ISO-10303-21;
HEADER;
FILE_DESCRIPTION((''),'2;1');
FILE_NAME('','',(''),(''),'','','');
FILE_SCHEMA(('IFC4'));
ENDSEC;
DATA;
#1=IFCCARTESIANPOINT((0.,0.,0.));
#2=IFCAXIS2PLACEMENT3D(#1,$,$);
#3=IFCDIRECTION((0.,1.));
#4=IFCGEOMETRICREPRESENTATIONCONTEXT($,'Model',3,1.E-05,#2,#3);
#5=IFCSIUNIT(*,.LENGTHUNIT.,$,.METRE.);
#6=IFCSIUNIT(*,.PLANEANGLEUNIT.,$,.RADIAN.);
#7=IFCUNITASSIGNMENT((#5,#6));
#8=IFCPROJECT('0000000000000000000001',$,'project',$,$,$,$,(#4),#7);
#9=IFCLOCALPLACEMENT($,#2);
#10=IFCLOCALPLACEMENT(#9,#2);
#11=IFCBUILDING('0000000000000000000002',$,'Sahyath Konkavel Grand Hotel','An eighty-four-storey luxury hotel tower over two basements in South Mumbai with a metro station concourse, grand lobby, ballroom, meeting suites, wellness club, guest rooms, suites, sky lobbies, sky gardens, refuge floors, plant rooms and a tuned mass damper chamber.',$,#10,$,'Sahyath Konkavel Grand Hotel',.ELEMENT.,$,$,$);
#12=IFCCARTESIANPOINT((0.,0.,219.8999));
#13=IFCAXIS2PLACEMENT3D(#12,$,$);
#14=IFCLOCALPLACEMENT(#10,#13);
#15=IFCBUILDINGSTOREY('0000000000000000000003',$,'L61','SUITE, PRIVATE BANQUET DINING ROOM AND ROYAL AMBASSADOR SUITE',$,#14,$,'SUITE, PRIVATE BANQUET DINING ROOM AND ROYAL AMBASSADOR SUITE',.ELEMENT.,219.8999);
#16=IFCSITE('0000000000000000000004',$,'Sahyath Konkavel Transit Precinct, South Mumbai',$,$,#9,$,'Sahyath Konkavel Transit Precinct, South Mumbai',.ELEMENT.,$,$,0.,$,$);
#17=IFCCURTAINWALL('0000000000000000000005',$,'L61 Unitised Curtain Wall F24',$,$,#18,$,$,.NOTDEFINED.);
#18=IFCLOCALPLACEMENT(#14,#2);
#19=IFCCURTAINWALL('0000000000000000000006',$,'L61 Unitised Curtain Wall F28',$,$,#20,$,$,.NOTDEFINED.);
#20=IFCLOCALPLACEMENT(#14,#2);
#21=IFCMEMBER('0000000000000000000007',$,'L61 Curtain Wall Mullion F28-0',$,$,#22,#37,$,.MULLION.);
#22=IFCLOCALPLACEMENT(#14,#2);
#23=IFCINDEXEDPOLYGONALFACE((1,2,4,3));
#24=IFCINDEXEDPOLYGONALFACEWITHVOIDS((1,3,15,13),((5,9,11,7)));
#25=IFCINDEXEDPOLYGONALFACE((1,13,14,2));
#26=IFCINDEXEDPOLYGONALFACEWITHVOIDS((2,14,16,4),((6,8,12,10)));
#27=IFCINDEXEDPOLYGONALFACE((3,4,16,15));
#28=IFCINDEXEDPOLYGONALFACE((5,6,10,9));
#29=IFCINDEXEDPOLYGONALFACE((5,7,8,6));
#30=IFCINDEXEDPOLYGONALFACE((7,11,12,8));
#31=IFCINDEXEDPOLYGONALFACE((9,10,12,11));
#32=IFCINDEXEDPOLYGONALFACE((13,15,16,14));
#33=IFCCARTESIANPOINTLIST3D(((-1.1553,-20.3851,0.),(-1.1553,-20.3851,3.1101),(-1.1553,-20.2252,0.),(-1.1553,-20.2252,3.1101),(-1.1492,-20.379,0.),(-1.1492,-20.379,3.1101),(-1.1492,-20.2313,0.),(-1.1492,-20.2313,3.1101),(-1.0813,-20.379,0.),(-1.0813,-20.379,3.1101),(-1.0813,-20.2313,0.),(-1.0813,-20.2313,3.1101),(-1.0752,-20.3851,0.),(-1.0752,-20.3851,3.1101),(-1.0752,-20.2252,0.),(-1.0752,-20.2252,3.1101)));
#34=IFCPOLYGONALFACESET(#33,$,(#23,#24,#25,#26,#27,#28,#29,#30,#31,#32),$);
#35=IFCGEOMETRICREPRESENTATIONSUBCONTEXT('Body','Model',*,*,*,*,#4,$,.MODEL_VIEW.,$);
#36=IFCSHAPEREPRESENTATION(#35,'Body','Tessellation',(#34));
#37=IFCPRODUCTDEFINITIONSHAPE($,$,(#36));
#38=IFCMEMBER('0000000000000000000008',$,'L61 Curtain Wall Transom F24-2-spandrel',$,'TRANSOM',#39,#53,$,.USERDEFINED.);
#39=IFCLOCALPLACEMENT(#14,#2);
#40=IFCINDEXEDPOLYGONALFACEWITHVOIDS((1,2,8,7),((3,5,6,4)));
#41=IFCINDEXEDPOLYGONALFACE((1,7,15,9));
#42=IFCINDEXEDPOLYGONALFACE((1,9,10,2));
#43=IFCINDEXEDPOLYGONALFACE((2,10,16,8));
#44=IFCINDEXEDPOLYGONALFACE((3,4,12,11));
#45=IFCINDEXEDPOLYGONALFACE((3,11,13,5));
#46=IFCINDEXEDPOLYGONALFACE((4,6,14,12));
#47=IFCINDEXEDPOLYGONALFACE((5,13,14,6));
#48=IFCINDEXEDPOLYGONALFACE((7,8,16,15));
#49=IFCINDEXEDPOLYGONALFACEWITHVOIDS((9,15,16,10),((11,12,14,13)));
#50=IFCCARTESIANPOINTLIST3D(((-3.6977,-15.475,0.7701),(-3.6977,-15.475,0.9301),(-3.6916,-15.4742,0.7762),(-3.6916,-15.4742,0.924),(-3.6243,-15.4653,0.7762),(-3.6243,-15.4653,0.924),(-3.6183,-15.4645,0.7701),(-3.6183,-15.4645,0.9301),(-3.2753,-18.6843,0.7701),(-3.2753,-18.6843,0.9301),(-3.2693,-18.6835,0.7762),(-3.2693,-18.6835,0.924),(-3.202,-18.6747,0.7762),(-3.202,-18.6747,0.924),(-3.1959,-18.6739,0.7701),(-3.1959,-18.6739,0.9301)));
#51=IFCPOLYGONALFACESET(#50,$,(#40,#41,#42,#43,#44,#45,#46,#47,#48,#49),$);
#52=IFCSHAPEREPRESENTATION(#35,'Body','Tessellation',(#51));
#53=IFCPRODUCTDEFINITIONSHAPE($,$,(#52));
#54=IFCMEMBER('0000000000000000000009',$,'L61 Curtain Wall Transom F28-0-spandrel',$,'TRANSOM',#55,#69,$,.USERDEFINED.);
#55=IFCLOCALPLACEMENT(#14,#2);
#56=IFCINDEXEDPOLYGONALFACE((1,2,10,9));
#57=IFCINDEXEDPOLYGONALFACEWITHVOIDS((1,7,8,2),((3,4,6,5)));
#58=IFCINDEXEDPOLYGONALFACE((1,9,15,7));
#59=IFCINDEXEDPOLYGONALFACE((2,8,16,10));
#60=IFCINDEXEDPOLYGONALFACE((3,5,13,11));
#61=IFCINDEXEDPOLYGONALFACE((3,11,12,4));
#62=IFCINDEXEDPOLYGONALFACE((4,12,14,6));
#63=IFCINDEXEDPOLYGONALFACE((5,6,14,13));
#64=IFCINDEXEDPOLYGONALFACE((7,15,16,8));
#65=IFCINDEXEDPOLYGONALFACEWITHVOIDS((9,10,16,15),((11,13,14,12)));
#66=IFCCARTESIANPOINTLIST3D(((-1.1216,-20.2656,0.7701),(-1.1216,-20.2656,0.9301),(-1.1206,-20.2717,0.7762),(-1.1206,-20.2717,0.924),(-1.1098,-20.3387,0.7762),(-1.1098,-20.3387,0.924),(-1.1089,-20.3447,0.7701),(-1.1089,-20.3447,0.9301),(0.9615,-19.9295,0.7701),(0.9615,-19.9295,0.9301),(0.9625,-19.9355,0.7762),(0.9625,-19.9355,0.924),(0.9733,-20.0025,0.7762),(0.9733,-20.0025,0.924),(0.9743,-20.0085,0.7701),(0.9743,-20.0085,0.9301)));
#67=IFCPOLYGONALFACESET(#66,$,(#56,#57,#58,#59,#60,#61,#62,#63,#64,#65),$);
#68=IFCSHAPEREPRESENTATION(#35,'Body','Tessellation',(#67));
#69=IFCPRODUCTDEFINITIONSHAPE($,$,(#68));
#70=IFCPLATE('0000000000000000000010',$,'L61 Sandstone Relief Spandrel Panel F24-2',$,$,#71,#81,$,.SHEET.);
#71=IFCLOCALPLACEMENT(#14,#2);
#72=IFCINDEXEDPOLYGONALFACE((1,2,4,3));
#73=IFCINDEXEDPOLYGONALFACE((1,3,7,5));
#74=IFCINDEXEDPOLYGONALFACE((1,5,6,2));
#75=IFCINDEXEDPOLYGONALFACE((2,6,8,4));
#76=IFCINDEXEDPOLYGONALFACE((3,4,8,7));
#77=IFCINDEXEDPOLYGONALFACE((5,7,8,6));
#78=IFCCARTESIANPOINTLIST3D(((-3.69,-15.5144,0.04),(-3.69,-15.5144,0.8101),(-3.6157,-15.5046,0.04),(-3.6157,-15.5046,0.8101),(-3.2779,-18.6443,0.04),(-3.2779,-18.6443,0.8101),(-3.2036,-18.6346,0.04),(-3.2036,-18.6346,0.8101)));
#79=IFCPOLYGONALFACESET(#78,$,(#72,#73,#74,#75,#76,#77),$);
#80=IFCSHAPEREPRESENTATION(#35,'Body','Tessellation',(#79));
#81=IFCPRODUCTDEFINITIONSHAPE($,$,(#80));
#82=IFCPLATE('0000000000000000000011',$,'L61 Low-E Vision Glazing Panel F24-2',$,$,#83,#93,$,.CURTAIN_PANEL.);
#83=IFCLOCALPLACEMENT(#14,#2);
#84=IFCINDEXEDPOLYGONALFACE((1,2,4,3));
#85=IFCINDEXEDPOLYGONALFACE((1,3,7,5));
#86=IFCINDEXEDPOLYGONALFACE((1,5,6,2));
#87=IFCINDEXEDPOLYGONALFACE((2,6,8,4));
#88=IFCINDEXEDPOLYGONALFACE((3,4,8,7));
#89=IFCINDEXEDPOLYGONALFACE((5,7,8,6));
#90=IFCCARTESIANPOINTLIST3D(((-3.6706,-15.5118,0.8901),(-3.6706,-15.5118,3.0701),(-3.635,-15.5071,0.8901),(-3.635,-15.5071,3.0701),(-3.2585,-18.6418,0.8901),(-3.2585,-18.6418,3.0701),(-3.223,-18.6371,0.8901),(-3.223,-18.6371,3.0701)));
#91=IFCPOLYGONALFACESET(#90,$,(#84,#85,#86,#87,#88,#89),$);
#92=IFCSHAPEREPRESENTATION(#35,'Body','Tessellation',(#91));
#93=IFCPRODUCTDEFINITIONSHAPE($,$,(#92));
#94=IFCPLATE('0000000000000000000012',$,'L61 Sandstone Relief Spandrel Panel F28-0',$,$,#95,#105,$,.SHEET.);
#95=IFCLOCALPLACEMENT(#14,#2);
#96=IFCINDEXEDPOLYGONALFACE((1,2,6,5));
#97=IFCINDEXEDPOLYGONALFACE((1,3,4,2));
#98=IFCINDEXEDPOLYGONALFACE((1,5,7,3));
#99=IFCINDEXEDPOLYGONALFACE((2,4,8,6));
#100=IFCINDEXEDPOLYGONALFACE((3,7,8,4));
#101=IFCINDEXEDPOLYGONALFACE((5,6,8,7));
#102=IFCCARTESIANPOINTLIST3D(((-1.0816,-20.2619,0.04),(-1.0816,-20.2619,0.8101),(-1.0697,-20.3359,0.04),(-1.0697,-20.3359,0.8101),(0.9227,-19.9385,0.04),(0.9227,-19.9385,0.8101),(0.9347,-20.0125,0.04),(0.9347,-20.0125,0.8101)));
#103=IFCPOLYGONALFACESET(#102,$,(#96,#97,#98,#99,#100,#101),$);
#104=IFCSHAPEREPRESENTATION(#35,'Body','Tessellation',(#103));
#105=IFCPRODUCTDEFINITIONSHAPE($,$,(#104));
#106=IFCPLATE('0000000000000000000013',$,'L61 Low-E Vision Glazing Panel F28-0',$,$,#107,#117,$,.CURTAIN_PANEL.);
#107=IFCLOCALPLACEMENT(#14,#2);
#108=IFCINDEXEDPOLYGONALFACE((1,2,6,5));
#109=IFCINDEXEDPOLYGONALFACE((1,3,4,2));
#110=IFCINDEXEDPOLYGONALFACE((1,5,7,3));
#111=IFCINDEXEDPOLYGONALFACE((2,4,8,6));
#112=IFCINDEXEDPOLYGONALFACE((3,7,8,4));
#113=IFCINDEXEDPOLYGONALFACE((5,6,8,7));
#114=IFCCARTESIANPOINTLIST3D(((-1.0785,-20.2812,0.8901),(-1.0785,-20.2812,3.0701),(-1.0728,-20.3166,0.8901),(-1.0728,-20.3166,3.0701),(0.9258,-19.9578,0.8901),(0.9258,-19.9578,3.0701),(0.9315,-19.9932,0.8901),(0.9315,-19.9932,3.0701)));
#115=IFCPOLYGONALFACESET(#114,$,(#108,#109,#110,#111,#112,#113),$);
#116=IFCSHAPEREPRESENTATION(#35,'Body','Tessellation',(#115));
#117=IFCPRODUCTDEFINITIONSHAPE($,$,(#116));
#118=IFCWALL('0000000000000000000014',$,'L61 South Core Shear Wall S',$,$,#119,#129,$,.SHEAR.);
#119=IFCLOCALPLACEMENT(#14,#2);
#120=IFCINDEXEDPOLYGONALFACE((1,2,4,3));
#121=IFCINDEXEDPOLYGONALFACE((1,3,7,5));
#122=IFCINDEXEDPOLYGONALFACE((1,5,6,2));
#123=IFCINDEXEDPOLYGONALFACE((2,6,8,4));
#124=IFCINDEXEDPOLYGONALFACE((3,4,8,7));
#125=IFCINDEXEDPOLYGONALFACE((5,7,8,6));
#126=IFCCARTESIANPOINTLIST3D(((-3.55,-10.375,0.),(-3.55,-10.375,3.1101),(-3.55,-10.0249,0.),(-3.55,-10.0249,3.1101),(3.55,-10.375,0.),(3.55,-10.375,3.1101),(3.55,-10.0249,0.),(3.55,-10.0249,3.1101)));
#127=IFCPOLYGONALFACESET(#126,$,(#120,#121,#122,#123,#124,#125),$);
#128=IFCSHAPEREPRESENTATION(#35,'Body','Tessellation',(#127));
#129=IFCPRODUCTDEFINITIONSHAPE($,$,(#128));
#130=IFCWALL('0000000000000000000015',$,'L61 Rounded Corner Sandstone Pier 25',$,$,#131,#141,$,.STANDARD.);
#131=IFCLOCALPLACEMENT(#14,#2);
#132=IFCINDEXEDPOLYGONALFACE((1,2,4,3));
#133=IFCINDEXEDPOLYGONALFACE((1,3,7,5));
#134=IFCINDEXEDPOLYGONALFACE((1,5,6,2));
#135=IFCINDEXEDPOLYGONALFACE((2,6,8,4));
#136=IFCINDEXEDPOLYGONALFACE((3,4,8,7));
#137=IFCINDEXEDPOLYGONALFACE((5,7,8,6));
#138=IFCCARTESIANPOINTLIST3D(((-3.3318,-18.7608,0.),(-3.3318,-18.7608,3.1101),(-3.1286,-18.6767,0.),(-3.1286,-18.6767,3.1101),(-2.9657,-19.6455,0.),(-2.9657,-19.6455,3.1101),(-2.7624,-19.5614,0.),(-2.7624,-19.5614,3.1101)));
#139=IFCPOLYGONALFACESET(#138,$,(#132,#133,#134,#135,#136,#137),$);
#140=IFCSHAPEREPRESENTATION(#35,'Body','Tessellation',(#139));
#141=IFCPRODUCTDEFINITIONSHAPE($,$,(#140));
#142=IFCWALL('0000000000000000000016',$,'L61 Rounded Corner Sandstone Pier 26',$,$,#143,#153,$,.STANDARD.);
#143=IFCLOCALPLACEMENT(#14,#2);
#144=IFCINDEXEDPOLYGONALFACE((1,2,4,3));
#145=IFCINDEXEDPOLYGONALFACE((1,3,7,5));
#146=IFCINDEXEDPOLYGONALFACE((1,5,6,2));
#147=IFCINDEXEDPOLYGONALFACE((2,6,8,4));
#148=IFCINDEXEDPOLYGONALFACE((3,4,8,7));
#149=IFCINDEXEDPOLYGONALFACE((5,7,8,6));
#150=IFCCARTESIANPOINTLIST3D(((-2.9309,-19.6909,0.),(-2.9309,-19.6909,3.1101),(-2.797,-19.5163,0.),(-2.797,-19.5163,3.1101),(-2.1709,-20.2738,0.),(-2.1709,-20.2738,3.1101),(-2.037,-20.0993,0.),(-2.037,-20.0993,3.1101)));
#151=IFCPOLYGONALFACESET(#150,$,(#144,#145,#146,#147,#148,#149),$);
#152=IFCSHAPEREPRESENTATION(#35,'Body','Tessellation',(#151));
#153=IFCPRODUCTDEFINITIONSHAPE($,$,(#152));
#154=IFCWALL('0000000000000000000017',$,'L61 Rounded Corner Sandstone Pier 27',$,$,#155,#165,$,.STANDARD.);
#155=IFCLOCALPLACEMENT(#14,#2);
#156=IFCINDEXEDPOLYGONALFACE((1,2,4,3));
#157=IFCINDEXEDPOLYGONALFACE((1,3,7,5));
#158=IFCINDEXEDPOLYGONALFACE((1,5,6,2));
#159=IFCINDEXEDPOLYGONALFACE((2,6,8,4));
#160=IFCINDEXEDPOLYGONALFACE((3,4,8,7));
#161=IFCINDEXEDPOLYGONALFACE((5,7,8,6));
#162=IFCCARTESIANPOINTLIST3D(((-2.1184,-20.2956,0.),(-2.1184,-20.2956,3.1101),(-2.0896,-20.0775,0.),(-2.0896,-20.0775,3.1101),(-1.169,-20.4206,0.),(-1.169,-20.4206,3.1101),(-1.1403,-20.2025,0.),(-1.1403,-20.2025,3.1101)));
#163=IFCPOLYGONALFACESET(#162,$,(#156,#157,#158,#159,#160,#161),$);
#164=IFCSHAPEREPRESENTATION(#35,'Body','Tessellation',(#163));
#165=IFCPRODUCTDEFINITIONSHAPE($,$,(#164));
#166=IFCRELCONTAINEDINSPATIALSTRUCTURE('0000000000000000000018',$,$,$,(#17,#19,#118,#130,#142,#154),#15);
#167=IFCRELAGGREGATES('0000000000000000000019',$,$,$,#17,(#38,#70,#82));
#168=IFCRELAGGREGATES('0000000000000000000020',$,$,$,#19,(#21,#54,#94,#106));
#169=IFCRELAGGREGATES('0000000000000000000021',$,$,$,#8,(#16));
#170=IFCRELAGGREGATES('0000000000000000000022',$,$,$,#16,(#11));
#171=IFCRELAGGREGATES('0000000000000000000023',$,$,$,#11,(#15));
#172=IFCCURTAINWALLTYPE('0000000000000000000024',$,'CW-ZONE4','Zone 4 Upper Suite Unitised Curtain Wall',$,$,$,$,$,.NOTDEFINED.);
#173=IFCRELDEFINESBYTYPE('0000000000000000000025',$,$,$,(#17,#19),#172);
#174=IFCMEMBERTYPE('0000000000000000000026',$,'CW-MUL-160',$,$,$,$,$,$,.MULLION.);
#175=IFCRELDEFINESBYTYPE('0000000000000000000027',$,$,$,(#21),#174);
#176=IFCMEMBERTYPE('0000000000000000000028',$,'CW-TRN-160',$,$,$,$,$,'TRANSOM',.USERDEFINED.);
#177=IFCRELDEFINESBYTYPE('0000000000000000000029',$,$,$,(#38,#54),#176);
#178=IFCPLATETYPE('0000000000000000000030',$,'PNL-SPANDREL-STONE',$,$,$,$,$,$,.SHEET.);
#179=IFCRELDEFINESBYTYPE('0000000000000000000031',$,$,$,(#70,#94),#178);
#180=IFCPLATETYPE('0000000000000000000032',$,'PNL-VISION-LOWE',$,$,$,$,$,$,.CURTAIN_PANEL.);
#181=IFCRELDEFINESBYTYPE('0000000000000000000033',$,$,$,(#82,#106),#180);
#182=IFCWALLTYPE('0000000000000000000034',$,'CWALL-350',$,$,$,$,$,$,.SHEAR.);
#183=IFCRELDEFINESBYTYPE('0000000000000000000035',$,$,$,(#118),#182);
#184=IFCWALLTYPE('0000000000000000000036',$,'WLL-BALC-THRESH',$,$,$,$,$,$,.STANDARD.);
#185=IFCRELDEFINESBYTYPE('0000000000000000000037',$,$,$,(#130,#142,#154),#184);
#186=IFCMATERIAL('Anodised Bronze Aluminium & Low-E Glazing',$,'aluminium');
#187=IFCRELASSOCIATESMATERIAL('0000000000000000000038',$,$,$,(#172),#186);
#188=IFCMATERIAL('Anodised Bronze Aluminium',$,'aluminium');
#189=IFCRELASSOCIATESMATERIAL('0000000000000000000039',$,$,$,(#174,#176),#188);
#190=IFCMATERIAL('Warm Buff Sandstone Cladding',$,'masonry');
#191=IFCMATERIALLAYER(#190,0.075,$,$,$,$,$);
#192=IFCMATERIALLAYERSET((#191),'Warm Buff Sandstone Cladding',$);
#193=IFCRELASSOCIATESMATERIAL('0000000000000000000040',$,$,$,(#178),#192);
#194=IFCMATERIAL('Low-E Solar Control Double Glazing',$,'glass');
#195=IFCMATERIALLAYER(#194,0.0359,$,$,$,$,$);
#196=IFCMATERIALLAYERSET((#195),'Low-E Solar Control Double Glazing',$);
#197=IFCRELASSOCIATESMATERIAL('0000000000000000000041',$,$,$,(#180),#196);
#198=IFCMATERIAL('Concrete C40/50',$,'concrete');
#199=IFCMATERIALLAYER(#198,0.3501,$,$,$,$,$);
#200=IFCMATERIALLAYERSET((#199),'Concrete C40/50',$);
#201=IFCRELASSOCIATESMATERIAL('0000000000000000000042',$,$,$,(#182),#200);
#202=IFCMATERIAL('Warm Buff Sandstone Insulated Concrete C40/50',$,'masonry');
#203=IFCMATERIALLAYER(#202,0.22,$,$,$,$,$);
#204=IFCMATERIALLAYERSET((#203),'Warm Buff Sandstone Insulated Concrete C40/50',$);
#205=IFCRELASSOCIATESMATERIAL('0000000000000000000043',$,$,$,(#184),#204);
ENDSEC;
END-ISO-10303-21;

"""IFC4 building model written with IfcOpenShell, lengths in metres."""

from ifc_helpers import new_model, si_unit, direction, frame, frame_2d, origin, origin_2d, place, context, subcontext, project, spatial, rectangle, hollow_rectangle, extrude, source, transform, mapped, material, layer, layer_set, material_profile, profile_set, type_object, element, aggregate, save


model = new_model("IFC4")

# Units and contexts
model_context = context("Model", 3, precision=1e-05, world=origin(), true_north=direction((0.0, 1.0)))
body_context = subcontext(model_context, "Body", "Model", "MODEL_VIEW")
ifc_project = project(units=[si_unit("LENGTHUNIT", "METRE"), si_unit("PLANEANGLEUNIT", "RADIAN")], contexts=[model_context])

# Site, building, storey
site_placement = place(None, origin())
site = spatial("IfcSite", under=ifc_project, at=site_placement, Name="Sahyath Konkavel Transit Precinct, South Mumbai", LongName="Sahyath Konkavel Transit Precinct, South Mumbai", CompositionType="ELEMENT", RefElevation=0.0)
building_placement = place(site_placement, origin())
building = spatial("IfcBuilding", under=site, at=building_placement, Name="Sahyath Konkavel Grand Hotel", Description="An eighty-four-storey luxury hotel tower over two basements in South Mumbai with a metro station concourse, grand lobby, ballroom, meeting suites, wellness club, guest rooms, suites, sky lobbies, sky gardens, refuge floors, plant rooms and a tuned mass damper chamber.", LongName="Sahyath Konkavel Grand Hotel", CompositionType="ELEMENT")
storey_placement = place(building_placement, frame((0.0, 0.0, 219.8999)))
storey = spatial("IfcBuildingStorey", under=building, at=storey_placement, Name="L61", Description="SUITE, PRIVATE BANQUET DINING ROOM AND ROYAL AMBASSADOR SUITE", LongName="SUITE, PRIVATE BANQUET DINING ROOM AND ROYAL AMBASSADOR SUITE", CompositionType="ELEMENT", Elevation=219.8999)

# Shared definitions
ifc_material_1 = material(Name="Concrete C40/50", Category="concrete")

# Curtain wall
ifc_material_2 = material(Name="Anodised Bronze Aluminium & Low-E Glazing", Category="aluminium")
curtain_wall_type = type_object("IfcCurtainWallType", Name="CW-ZONE4", Description="Zone 4 Upper Suite Unitised Curtain Wall", PredefinedType="NOTDEFINED", material=ifc_material_2)
curtain_wall_1_placement = place(storey_placement, origin())
curtain_wall_1 = element("IfcCurtainWall", 1, at=curtain_wall_1_placement, inside=storey, type_object=curtain_wall_type, Name="L61 Unitised Curtain Wall F24", PredefinedType="NOTDEFINED")
ifc_material_3 = material(Name="Anodised Bronze Aluminium", Category="aluminium")
ifc_material_profile_1 = material_profile(ifc_material_3, hollow_rectangle(XDim=0.0801, YDim=0.1599, WallThickness=0.0061, at=origin_2d()), Name="RHS 160x80x6")
ifc_profile_set_1 = profile_set([ifc_material_profile_1], Name="Anodised Bronze Aluminium")
member_type_1 = type_object("IfcMemberType", Name="CW-MUL-160", PredefinedType="MULLION", material=ifc_profile_set_1)
shared_shape_1 = source(origin(), body_context, "Body", "SweptSolid", [
    extrude(hollow_rectangle(XDim=0.0801, YDim=0.1599, WallThickness=0.0061, at=origin_2d()), origin(), (0.0, 0.0, 1.0), 3.1101),
])

# Curtain wall, member
curtain_wall_2_placement = place(storey_placement, origin())
curtain_wall_2 = element("IfcCurtainWall", 2, at=curtain_wall_2_placement, inside=storey, type_object=curtain_wall_type, Name="L61 Unitised Curtain Wall F28", PredefinedType="NOTDEFINED")
member_1_placement = place(storey_placement, frame((-1.1152, -20.3052, 0.0), z_axis=(0.0, 0.0, 1.0), x_axis=(1.0, 0.0, 0.0)))
member_1 = element("IfcMember", 3, at=member_1_placement, type_object=member_type_1, Name="L61 Curtain Wall Mullion F28-0", PredefinedType="MULLION", context=body_context, shape_type="MappedRepresentation", body=[
    mapped(shared_shape_1, transform((0.0, 0.0, 0.0), scale=1.0)),
])

# Members
ifc_material_profile_2 = material_profile(ifc_material_3, hollow_rectangle(XDim=0.0801, YDim=0.1599, WallThickness=0.0061, at=origin_2d()), Name="RHS 160x80x6")
ifc_profile_set_2 = profile_set([ifc_material_profile_2], Name="Anodised Bronze Aluminium")
member_type_2 = type_object("IfcMemberType", Name="CW-TRN-160", ElementType="TRANSOM", PredefinedType="USERDEFINED", material=ifc_profile_set_2)
shared_shape_2 = source(origin(), body_context, "Body", "SweptSolid", [
    extrude(hollow_rectangle(XDim=0.0801, YDim=0.1599, WallThickness=0.0061, at=origin_2d()), origin(), (0.0, 0.0, 1.0), 3.2371),
])
member_2_placement = place(storey_placement, frame((-3.658, -15.4697, 0.8501), z_axis=(0.130474, -0.991452, 0.0), x_axis=(0.991452, 0.130474, 0.0)))
member_2 = element("IfcMember", 4, at=member_2_placement, type_object=member_type_2, Name="L61 Curtain Wall Transom F24-2-spandrel", ObjectType="TRANSOM", PredefinedType="USERDEFINED", context=body_context, shape_type="MappedRepresentation", body=[
    mapped(shared_shape_2, transform((0.0, 0.0, 0.0), scale=1.0)),
])
shared_shape_3 = source(origin(), body_context, "Body", "SweptSolid", [
    extrude(hollow_rectangle(XDim=0.0801, YDim=0.1599, WallThickness=0.0061, at=origin_2d()), origin(), (0.0, 0.0, 1.0), 2.1101),
])
member_3_placement = place(storey_placement, frame((-1.1152, -20.3052, 0.8501), z_axis=(0.987228, 0.159312, 0.0), x_axis=(-0.159312, 0.987228, 0.0)))
member_3 = element("IfcMember", 5, at=member_3_placement, type_object=member_type_2, Name="L61 Curtain Wall Transom F28-0-spandrel", ObjectType="TRANSOM", PredefinedType="USERDEFINED", context=body_context, shape_type="MappedRepresentation", body=[
    mapped(shared_shape_3, transform((0.0, 0.0, 0.0), scale=1.0)),
])

# Plates
ifc_material_4 = material(Name="Warm Buff Sandstone Cladding", Category="masonry")
ifc_layer_1 = layer(ifc_material_4, 0.075)
ifc_layer_set_1 = layer_set([ifc_layer_1], Name="Warm Buff Sandstone Cladding")
plate_type_1 = type_object("IfcPlateType", Name="PNL-SPANDREL-STONE", PredefinedType="SHEET", material=ifc_layer_set_1)
shared_shape_4 = source(origin(), body_context, "Body", "SweptSolid", [
    extrude(rectangle(XDim=3.157, YDim=0.075, at=origin_2d()), origin(), (0.0, 0.0, 1.0), 0.77),
])
plate_1_placement = place(storey_placement, frame((-3.4468, -17.0745, 0.04), z_axis=(0.0, 0.0, 1.0), x_axis=(0.130526, -0.991445, 0.0)))
plate_1 = element("IfcPlate", 6, at=plate_1_placement, type_object=plate_type_1, Name="L61 Sandstone Relief Spandrel Panel F24-2", PredefinedType="SHEET", context=body_context, shape_type="MappedRepresentation", body=[
    mapped(shared_shape_4, transform((0.0, 0.0, 0.0), scale=1.0)),
])
ifc_material_5 = material(Name="Low-E Solar Control Double Glazing", Category="glass")
ifc_layer_2 = layer(ifc_material_5, 0.0359)
ifc_layer_set_2 = layer_set([ifc_layer_2], Name="Low-E Solar Control Double Glazing")
plate_type_2 = type_object("IfcPlateType", Name="PNL-VISION-LOWE", PredefinedType="CURTAIN_PANEL", material=ifc_layer_set_2)
shared_shape_5 = source(origin(), body_context, "Body", "SweptSolid", [
    extrude(rectangle(XDim=3.157, YDim=0.0359, at=origin_2d()), origin(), (0.0, 0.0, 1.0), 2.1799),
])
plate_2_placement = place(storey_placement, frame((-3.4468, -17.0745, 0.8901), z_axis=(0.0, 0.0, 1.0), x_axis=(0.130526, -0.991445, 0.0)))
plate_2 = element("IfcPlate", 7, at=plate_2_placement, type_object=plate_type_2, Name="L61 Low-E Vision Glazing Panel F24-2", PredefinedType="CURTAIN_PANEL", context=body_context, shape_type="MappedRepresentation", body=[
    mapped(shared_shape_5, transform((0.0, 0.0, 0.0), scale=1.0)),
])
aggregate(curtain_wall_1, [member_2, plate_1, plate_2])
shared_shape_6 = source(origin(), body_context, "Body", "SweptSolid", [
    extrude(rectangle(XDim=2.0303, YDim=0.075, at=origin_2d()), origin(), (0.0, 0.0, 1.0), 0.77),
])
plate_3_placement = place(storey_placement, frame((-0.0735, -20.1372, 0.04), z_axis=(0.0, 0.0, 1.0), x_axis=(0.987228, 0.159313, 0.0)))
plate_3 = element("IfcPlate", 8, at=plate_3_placement, type_object=plate_type_1, Name="L61 Sandstone Relief Spandrel Panel F28-0", PredefinedType="SHEET", context=body_context, shape_type="MappedRepresentation", body=[
    mapped(shared_shape_6, transform((0.0, 0.0, 0.0), scale=1.0)),
])
shared_shape_7 = source(origin(), body_context, "Body", "SweptSolid", [
    extrude(rectangle(XDim=2.0303, YDim=0.0359, at=origin_2d()), origin(), (0.0, 0.0, 1.0), 2.1799),
])
plate_4_placement = place(storey_placement, frame((-0.0735, -20.1372, 0.8901), z_axis=(0.0, 0.0, 1.0), x_axis=(0.987228, 0.159313, 0.0)))
plate_4 = element("IfcPlate", 9, at=plate_4_placement, type_object=plate_type_2, Name="L61 Low-E Vision Glazing Panel F28-0", PredefinedType="CURTAIN_PANEL", context=body_context, shape_type="MappedRepresentation", body=[
    mapped(shared_shape_7, transform((0.0, 0.0, 0.0), scale=1.0)),
])
aggregate(curtain_wall_2, [member_1, member_3, plate_3, plate_4])

# Walls
ifc_layer_3 = layer(ifc_material_1, 0.3501)
ifc_layer_set_3 = layer_set([ifc_layer_3], Name="Concrete C40/50")
wall_type_1 = type_object("IfcWallType", Name="CWALL-350", PredefinedType="SHEAR", material=ifc_layer_set_3)
wall_1_placement = place(storey_placement, frame((-3.55, -10.2, 0.0), z_axis=(0.0, 0.0, 1.0), x_axis=(1.0, 0.0, 0.0)))
element("IfcWall", 10, at=wall_1_placement, inside=storey, type_object=wall_type_1, Name="L61 South Core Shear Wall S", PredefinedType="SHEAR", context=body_context, shape_type="SweptSolid", body=[
    extrude(rectangle(XDim=7.1001, YDim=0.3501, at=frame_2d((3.55, 0.0))), origin(), (0.0, 0.0, 1.0), 3.1101),
])
ifc_material_6 = material(Name="Warm Buff Sandstone Insulated Concrete C40/50", Category="masonry")
ifc_layer_4 = layer(ifc_material_6, 0.22)
ifc_layer_set_4 = layer_set([ifc_layer_4], Name="Warm Buff Sandstone Insulated Concrete C40/50")
wall_type_2 = type_object("IfcWallType", Name="WLL-BALC-THRESH", PredefinedType="STANDARD", material=ifc_layer_set_4)
wall_2_placement = place(storey_placement, frame((-3.2302, -18.7188, 0.0), z_axis=(0.0, 0.0, 1.0), x_axis=(0.382442, -0.92398, 0.0)))
element("IfcWall", 11, at=wall_2_placement, inside=storey, type_object=wall_type_2, Name="L61 Rounded Corner Sandstone Pier 25", PredefinedType="STANDARD", context=body_context, shape_type="SweptSolid", body=[
    extrude(rectangle(XDim=0.9575, YDim=0.22, at=frame_2d((0.4788, 0.0))), origin(), (0.0, 0.0, 1.0), 3.1101),
])
wall_3_placement = place(storey_placement, frame((-2.864, -19.6035, 0.0), z_axis=(0.0, 0.0, 1.0), x_axis=(0.793438, -0.608651, 0.0)))
element("IfcWall", 12, at=wall_3_placement, inside=storey, type_object=wall_type_2, Name="L61 Rounded Corner Sandstone Pier 26", PredefinedType="STANDARD", context=body_context, shape_type="SweptSolid", body=[
    extrude(rectangle(XDim=0.9578, YDim=0.22, at=frame_2d((0.479, 0.0))), origin(), (0.0, 0.0, 1.0), 3.1101),
])
wall_4_placement = place(storey_placement, frame((-2.104, -20.1865, 0.0), z_axis=(0.0, 0.0, 1.0), x_axis=(0.99144, -0.13056, 0.0)))
element("IfcWall", 13, at=wall_4_placement, inside=storey, type_object=wall_type_2, Name="L61 Rounded Corner Sandstone Pier 27", PredefinedType="STANDARD", context=body_context, shape_type="SweptSolid", body=[
    extrude(rectangle(XDim=0.9575, YDim=0.22, at=frame_2d((0.4788, 0.0))), origin(), (0.0, 0.0, 1.0), 3.1101),
])

save(model, "model.ifc")
